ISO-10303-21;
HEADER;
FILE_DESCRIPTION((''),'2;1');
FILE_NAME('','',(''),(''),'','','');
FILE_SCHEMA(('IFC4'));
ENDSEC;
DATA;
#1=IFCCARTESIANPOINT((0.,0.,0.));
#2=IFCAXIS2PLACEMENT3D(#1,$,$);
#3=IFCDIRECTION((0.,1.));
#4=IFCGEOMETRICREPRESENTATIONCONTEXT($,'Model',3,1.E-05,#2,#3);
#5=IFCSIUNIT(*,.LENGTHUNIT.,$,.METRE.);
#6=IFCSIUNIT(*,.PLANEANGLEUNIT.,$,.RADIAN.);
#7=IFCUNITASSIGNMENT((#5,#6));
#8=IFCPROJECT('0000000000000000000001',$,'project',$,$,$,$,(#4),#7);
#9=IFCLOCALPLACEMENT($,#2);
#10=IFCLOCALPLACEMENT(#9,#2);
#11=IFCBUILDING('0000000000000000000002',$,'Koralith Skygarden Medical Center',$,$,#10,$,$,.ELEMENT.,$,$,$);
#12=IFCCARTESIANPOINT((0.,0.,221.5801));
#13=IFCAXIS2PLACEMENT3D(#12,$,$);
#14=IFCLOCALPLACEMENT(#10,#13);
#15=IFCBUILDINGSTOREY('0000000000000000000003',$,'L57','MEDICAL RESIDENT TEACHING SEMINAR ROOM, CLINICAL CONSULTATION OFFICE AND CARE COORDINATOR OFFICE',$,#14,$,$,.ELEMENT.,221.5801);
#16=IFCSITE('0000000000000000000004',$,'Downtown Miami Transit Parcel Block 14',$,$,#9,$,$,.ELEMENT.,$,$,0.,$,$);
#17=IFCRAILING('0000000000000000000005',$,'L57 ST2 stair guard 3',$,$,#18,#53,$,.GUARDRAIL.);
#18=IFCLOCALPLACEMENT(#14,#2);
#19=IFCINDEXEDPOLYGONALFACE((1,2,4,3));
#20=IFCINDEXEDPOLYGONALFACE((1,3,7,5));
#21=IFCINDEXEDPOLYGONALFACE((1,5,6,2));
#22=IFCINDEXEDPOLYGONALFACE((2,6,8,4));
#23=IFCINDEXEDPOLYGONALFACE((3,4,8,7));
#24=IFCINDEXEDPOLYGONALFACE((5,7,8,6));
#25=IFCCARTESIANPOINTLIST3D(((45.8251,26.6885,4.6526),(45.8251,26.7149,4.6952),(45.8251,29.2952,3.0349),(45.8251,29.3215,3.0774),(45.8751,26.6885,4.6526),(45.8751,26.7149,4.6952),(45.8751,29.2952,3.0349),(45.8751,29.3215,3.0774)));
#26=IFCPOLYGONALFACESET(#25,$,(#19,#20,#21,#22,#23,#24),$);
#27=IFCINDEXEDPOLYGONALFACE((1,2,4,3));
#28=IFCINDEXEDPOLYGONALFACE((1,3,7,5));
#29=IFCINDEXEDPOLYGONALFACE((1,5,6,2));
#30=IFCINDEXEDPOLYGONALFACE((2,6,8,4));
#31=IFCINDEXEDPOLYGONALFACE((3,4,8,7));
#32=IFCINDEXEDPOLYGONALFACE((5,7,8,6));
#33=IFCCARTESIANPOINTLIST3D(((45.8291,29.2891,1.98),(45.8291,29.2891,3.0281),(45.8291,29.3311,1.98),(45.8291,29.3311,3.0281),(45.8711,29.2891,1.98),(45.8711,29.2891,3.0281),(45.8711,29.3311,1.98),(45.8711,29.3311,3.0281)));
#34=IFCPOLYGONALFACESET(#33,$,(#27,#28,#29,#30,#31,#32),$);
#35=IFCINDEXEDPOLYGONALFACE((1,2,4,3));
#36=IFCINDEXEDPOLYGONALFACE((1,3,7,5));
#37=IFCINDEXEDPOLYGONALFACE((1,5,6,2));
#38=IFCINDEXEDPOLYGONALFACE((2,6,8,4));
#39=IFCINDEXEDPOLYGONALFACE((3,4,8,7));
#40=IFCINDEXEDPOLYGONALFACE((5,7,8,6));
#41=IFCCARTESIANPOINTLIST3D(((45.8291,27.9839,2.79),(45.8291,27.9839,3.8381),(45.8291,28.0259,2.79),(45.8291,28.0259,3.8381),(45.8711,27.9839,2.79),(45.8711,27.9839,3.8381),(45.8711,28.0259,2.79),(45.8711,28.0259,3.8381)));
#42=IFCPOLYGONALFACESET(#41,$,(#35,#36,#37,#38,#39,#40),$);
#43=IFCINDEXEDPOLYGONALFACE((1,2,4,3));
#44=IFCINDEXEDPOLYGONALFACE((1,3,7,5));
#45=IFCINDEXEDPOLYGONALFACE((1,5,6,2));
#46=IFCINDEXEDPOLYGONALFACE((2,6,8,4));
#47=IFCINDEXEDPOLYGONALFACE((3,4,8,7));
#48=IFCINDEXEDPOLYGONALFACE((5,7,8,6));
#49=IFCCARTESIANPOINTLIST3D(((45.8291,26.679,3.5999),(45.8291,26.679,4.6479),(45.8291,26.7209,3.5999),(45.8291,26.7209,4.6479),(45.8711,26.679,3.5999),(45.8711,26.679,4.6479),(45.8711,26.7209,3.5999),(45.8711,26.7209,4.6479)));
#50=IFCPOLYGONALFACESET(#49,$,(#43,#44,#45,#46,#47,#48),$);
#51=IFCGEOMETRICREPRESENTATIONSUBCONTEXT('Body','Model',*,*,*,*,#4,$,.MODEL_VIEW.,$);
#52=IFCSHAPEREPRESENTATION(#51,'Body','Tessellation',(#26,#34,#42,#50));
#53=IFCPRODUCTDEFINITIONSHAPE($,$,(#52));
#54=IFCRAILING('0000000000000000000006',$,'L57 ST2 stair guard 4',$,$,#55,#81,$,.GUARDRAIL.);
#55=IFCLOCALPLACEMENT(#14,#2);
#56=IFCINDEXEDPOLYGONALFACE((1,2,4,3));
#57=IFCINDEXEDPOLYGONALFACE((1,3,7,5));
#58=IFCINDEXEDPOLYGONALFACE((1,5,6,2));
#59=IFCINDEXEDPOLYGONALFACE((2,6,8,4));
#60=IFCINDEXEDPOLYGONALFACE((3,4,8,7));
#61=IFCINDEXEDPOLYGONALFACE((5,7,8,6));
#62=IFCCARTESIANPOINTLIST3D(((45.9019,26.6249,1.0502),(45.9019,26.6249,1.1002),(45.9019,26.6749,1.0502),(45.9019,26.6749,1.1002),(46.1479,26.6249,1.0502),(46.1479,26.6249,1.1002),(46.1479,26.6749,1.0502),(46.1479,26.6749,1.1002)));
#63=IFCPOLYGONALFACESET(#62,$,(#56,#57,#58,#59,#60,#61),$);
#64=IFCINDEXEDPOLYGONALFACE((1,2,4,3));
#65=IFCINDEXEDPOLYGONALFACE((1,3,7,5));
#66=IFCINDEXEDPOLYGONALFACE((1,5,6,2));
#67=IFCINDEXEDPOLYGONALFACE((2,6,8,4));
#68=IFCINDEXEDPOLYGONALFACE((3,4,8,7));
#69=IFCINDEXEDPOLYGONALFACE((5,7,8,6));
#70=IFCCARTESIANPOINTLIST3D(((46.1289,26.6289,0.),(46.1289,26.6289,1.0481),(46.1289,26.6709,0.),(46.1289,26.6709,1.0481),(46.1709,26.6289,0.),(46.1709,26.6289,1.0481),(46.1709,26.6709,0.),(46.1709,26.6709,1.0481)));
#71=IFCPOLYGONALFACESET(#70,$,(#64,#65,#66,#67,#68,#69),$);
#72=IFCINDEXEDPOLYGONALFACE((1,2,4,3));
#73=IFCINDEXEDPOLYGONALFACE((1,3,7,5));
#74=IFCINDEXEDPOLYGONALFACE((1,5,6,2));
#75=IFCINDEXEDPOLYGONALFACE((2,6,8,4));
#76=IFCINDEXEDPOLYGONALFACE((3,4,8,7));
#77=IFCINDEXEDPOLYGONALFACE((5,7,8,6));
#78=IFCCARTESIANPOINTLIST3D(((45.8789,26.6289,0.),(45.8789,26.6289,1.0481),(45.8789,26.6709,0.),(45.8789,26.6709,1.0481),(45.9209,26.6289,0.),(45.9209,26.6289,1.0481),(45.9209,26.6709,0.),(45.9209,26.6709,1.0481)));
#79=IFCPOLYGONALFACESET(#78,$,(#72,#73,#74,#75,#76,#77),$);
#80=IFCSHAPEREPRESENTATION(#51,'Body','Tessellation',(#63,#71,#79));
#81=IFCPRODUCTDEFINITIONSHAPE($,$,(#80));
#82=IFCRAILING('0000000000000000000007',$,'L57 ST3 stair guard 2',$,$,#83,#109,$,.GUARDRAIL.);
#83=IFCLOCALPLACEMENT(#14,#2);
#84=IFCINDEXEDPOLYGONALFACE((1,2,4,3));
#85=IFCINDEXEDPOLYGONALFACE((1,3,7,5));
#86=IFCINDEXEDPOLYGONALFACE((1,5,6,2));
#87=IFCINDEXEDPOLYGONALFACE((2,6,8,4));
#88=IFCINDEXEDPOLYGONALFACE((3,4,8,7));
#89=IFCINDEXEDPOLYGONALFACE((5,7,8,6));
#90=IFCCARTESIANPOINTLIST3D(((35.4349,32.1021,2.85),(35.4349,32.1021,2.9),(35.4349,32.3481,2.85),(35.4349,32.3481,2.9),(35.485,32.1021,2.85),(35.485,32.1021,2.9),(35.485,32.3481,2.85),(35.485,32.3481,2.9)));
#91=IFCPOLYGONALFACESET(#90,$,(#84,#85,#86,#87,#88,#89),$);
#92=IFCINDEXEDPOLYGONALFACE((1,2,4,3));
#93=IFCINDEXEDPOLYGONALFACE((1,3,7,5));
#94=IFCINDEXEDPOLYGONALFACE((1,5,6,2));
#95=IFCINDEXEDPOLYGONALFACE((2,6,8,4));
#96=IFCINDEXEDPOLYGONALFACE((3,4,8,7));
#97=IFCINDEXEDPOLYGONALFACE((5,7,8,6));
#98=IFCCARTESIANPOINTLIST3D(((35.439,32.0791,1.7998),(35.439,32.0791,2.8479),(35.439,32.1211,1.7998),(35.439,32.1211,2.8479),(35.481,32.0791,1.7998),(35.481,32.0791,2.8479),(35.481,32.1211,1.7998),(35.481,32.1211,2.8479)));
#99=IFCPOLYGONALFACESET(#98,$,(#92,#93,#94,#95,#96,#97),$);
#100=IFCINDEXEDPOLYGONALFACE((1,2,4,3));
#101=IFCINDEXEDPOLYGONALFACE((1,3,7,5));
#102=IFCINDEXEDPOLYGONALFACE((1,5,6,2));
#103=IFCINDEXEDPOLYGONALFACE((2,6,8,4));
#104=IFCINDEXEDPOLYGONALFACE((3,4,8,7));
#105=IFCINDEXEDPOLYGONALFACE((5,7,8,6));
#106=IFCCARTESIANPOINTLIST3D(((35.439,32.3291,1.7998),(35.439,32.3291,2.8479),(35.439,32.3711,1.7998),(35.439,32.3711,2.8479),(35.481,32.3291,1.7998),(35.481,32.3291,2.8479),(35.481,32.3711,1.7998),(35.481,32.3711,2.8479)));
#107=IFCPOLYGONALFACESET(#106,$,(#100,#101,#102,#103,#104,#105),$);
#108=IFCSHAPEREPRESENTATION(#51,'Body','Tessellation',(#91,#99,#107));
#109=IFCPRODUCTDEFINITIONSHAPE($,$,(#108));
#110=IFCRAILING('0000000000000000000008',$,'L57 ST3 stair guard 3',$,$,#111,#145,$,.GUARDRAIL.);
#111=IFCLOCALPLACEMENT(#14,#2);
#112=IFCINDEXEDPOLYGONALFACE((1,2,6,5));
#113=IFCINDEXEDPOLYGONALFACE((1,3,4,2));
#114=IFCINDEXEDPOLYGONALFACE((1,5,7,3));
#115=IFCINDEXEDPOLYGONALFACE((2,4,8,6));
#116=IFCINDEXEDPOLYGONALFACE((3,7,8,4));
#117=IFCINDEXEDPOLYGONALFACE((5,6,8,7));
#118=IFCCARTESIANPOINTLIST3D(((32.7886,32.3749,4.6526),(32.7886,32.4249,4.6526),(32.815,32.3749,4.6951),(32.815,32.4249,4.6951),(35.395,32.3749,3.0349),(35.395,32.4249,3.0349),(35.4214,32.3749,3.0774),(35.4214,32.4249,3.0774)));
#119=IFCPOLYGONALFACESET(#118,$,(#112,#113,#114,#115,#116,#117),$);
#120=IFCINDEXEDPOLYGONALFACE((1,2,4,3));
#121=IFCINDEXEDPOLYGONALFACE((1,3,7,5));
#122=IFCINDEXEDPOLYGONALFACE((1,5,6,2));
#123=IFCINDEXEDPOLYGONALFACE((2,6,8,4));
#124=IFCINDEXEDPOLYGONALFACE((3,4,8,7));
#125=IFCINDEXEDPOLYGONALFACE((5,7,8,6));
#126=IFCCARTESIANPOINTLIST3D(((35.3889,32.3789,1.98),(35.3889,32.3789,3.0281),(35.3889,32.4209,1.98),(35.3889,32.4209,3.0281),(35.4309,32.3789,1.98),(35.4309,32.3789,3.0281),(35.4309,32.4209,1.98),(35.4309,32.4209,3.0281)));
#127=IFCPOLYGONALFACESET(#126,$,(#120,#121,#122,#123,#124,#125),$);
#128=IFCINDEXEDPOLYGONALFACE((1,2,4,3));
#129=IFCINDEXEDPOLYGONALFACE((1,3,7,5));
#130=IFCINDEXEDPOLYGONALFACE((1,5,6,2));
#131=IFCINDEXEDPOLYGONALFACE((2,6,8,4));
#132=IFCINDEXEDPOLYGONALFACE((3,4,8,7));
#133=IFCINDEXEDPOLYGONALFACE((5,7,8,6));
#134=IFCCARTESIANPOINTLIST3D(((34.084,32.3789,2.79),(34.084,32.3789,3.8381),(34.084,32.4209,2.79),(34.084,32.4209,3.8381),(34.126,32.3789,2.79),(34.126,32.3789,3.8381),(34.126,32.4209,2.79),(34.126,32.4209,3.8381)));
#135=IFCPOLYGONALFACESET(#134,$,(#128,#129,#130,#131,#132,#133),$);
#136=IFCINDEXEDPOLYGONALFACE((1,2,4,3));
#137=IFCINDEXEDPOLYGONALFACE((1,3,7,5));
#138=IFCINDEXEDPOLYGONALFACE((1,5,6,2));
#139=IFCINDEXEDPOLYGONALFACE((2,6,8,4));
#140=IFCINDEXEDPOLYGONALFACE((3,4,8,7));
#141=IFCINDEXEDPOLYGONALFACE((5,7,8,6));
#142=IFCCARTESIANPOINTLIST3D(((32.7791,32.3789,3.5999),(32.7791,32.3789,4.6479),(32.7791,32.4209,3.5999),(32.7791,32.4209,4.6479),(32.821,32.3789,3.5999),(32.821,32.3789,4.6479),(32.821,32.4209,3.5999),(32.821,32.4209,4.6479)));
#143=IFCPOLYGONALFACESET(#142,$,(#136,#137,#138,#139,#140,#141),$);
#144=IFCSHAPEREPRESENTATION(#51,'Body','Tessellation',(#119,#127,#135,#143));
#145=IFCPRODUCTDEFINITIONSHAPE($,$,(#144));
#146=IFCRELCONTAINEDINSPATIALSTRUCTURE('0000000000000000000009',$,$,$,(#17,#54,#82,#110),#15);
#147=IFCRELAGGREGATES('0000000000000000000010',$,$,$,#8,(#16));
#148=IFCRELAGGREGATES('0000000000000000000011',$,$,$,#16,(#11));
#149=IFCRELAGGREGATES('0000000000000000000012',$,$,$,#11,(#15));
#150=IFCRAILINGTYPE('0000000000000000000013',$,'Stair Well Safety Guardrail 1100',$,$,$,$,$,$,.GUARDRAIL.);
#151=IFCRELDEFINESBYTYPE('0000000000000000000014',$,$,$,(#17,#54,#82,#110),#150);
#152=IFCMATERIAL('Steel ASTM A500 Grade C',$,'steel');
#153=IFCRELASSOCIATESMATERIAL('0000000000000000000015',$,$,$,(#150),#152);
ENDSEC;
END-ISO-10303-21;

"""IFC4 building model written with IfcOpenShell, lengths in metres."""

from ifc_helpers import new_model, si_unit, direction, frame, origin, origin_2d, place, context, subcontext, project, spatial, rectangle, extrude, material, type_object, element, save


model = new_model("IFC4")

# Units and contexts
model_context = context("Model", 3, precision=1e-05, world=origin(), true_north=direction((0.0, 1.0)))
body_context = subcontext(model_context, "Body", "Model", "MODEL_VIEW")
ifc_project = project(units=[si_unit("LENGTHUNIT", "METRE"), si_unit("PLANEANGLEUNIT", "RADIAN")], contexts=[model_context])

# Site, building, storey
site_placement = place(None, origin())
site = spatial("IfcSite", under=ifc_project, at=site_placement, Name="Downtown Miami Transit Parcel Block 14", CompositionType="ELEMENT", RefElevation=0.0)
building_placement = place(site_placement, origin())
building = spatial("IfcBuilding", under=site, at=building_placement, Name="Koralith Skygarden Medical Center", CompositionType="ELEMENT")
storey_placement = place(building_placement, frame((0.0, 0.0, 221.5801)))
storey = spatial("IfcBuildingStorey", under=building, at=storey_placement, Name="L57", Description="MEDICAL RESIDENT TEACHING SEMINAR ROOM, CLINICAL CONSULTATION OFFICE AND CARE COORDINATOR OFFICE", CompositionType="ELEMENT", Elevation=221.5801)

# Railings
ifc_material_1 = material(Name="Steel ASTM A500 Grade C", Category="steel")
railing_type_1 = type_object("IfcRailingType", Name="Stair Well Safety Guardrail 1100", PredefinedType="GUARDRAIL", material=ifc_material_1)
railing_1_placement = place(storey_placement, frame((45.8501, 29.3101, 1.98)))
element("IfcRailing", 1, at=railing_1_placement, inside=storey, type_object=railing_type_1, Name="L57 ST2 stair guard 3", PredefinedType="GUARDRAIL", context=body_context, shape_type="SweptSolid", body=[
    extrude(rectangle(XDim=0.05, YDim=0.05, at=origin_2d()), frame((0.0, -0.0017, 1.0762), z_axis=(0.0, -0.849668, 0.527317), x_axis=(1.0, 0.0, 0.0)), (0.0, 0.0, 1.0), 3.0679),
    extrude(rectangle(XDim=0.042, YDim=0.042, at=origin_2d()), origin(), (0.0, 0.0, 1.0), 1.0481),
    extrude(rectangle(XDim=0.042, YDim=0.042, at=origin_2d()), frame((0.0, -1.3052, 0.8101)), (0.0, 0.0, 1.0), 1.0481),
    extrude(rectangle(XDim=0.042, YDim=0.042, at=origin_2d()), frame((0.0, -2.6101, 1.6199)), (0.0, 0.0, 1.0), 1.0481),
])
railing_2_placement = place(storey_placement, frame((46.1499, 26.6499, 0.0)))
element("IfcRailing", 2, at=railing_2_placement, inside=storey, type_object=railing_type_1, Name="L57 ST2 stair guard 4", PredefinedType="GUARDRAIL", context=body_context, shape_type="SweptSolid", body=[
    extrude(rectangle(XDim=0.05, YDim=0.05, at=origin_2d()), frame((-0.002, 0.0, 1.0752), z_axis=(-1.0, 0.0, 0.0), x_axis=(0.0, -1.0, 0.0)), (0.0, 0.0, 1.0), 0.2461),
    extrude(rectangle(XDim=0.042, YDim=0.042, at=origin_2d()), origin(), (0.0, 0.0, 1.0), 1.0481),
    extrude(rectangle(XDim=0.042, YDim=0.042, at=origin_2d()), frame((-0.25, 0.0, 0.0)), (0.0, 0.0, 1.0), 1.0481),
])
railing_3_placement = place(storey_placement, frame((35.46, 32.1001, 1.7998)))
element("IfcRailing", 3, at=railing_3_placement, inside=storey, type_object=railing_type_1, Name="L57 ST3 stair guard 2", PredefinedType="GUARDRAIL", context=body_context, shape_type="SweptSolid", body=[
    extrude(rectangle(XDim=0.05, YDim=0.05, at=origin_2d()), frame((0.0, 0.002, 1.0752), z_axis=(0.0, 1.0, 0.0), x_axis=(-1.0, 0.0, 0.0)), (0.0, 0.0, 1.0), 0.2461),
    extrude(rectangle(XDim=0.042, YDim=0.042, at=origin_2d()), origin(), (0.0, 0.0, 1.0), 1.0481),
    extrude(rectangle(XDim=0.042, YDim=0.042, at=origin_2d()), frame((0.0, 0.25, 0.0)), (0.0, 0.0, 1.0), 1.0481),
])
railing_4_placement = place(storey_placement, frame((35.4099, 32.3999, 1.98)))
element("IfcRailing", 4, at=railing_4_placement, inside=storey, type_object=railing_type_1, Name="L57 ST3 stair guard 3", PredefinedType="GUARDRAIL", context=body_context, shape_type="SweptSolid", body=[
    extrude(rectangle(XDim=0.05, YDim=0.05, at=origin_2d()), frame((-0.0017, 0.0, 1.0762), z_axis=(-0.849646, 0.0, 0.527353), x_axis=(0.0, -1.0, 0.0)), (0.0, 0.0, 1.0), 3.0676),
    extrude(rectangle(XDim=0.042, YDim=0.042, at=origin_2d()), origin(), (0.0, 0.0, 1.0), 1.0481),
    extrude(rectangle(XDim=0.042, YDim=0.042, at=origin_2d()), frame((-1.3049, 0.0, 0.8101)), (0.0, 0.0, 1.0), 1.0481),
    extrude(rectangle(XDim=0.042, YDim=0.042, at=origin_2d()), frame((-2.6099, 0.0, 1.6199)), (0.0, 0.0, 1.0), 1.0481),
])

save(model, "model.ifc")
